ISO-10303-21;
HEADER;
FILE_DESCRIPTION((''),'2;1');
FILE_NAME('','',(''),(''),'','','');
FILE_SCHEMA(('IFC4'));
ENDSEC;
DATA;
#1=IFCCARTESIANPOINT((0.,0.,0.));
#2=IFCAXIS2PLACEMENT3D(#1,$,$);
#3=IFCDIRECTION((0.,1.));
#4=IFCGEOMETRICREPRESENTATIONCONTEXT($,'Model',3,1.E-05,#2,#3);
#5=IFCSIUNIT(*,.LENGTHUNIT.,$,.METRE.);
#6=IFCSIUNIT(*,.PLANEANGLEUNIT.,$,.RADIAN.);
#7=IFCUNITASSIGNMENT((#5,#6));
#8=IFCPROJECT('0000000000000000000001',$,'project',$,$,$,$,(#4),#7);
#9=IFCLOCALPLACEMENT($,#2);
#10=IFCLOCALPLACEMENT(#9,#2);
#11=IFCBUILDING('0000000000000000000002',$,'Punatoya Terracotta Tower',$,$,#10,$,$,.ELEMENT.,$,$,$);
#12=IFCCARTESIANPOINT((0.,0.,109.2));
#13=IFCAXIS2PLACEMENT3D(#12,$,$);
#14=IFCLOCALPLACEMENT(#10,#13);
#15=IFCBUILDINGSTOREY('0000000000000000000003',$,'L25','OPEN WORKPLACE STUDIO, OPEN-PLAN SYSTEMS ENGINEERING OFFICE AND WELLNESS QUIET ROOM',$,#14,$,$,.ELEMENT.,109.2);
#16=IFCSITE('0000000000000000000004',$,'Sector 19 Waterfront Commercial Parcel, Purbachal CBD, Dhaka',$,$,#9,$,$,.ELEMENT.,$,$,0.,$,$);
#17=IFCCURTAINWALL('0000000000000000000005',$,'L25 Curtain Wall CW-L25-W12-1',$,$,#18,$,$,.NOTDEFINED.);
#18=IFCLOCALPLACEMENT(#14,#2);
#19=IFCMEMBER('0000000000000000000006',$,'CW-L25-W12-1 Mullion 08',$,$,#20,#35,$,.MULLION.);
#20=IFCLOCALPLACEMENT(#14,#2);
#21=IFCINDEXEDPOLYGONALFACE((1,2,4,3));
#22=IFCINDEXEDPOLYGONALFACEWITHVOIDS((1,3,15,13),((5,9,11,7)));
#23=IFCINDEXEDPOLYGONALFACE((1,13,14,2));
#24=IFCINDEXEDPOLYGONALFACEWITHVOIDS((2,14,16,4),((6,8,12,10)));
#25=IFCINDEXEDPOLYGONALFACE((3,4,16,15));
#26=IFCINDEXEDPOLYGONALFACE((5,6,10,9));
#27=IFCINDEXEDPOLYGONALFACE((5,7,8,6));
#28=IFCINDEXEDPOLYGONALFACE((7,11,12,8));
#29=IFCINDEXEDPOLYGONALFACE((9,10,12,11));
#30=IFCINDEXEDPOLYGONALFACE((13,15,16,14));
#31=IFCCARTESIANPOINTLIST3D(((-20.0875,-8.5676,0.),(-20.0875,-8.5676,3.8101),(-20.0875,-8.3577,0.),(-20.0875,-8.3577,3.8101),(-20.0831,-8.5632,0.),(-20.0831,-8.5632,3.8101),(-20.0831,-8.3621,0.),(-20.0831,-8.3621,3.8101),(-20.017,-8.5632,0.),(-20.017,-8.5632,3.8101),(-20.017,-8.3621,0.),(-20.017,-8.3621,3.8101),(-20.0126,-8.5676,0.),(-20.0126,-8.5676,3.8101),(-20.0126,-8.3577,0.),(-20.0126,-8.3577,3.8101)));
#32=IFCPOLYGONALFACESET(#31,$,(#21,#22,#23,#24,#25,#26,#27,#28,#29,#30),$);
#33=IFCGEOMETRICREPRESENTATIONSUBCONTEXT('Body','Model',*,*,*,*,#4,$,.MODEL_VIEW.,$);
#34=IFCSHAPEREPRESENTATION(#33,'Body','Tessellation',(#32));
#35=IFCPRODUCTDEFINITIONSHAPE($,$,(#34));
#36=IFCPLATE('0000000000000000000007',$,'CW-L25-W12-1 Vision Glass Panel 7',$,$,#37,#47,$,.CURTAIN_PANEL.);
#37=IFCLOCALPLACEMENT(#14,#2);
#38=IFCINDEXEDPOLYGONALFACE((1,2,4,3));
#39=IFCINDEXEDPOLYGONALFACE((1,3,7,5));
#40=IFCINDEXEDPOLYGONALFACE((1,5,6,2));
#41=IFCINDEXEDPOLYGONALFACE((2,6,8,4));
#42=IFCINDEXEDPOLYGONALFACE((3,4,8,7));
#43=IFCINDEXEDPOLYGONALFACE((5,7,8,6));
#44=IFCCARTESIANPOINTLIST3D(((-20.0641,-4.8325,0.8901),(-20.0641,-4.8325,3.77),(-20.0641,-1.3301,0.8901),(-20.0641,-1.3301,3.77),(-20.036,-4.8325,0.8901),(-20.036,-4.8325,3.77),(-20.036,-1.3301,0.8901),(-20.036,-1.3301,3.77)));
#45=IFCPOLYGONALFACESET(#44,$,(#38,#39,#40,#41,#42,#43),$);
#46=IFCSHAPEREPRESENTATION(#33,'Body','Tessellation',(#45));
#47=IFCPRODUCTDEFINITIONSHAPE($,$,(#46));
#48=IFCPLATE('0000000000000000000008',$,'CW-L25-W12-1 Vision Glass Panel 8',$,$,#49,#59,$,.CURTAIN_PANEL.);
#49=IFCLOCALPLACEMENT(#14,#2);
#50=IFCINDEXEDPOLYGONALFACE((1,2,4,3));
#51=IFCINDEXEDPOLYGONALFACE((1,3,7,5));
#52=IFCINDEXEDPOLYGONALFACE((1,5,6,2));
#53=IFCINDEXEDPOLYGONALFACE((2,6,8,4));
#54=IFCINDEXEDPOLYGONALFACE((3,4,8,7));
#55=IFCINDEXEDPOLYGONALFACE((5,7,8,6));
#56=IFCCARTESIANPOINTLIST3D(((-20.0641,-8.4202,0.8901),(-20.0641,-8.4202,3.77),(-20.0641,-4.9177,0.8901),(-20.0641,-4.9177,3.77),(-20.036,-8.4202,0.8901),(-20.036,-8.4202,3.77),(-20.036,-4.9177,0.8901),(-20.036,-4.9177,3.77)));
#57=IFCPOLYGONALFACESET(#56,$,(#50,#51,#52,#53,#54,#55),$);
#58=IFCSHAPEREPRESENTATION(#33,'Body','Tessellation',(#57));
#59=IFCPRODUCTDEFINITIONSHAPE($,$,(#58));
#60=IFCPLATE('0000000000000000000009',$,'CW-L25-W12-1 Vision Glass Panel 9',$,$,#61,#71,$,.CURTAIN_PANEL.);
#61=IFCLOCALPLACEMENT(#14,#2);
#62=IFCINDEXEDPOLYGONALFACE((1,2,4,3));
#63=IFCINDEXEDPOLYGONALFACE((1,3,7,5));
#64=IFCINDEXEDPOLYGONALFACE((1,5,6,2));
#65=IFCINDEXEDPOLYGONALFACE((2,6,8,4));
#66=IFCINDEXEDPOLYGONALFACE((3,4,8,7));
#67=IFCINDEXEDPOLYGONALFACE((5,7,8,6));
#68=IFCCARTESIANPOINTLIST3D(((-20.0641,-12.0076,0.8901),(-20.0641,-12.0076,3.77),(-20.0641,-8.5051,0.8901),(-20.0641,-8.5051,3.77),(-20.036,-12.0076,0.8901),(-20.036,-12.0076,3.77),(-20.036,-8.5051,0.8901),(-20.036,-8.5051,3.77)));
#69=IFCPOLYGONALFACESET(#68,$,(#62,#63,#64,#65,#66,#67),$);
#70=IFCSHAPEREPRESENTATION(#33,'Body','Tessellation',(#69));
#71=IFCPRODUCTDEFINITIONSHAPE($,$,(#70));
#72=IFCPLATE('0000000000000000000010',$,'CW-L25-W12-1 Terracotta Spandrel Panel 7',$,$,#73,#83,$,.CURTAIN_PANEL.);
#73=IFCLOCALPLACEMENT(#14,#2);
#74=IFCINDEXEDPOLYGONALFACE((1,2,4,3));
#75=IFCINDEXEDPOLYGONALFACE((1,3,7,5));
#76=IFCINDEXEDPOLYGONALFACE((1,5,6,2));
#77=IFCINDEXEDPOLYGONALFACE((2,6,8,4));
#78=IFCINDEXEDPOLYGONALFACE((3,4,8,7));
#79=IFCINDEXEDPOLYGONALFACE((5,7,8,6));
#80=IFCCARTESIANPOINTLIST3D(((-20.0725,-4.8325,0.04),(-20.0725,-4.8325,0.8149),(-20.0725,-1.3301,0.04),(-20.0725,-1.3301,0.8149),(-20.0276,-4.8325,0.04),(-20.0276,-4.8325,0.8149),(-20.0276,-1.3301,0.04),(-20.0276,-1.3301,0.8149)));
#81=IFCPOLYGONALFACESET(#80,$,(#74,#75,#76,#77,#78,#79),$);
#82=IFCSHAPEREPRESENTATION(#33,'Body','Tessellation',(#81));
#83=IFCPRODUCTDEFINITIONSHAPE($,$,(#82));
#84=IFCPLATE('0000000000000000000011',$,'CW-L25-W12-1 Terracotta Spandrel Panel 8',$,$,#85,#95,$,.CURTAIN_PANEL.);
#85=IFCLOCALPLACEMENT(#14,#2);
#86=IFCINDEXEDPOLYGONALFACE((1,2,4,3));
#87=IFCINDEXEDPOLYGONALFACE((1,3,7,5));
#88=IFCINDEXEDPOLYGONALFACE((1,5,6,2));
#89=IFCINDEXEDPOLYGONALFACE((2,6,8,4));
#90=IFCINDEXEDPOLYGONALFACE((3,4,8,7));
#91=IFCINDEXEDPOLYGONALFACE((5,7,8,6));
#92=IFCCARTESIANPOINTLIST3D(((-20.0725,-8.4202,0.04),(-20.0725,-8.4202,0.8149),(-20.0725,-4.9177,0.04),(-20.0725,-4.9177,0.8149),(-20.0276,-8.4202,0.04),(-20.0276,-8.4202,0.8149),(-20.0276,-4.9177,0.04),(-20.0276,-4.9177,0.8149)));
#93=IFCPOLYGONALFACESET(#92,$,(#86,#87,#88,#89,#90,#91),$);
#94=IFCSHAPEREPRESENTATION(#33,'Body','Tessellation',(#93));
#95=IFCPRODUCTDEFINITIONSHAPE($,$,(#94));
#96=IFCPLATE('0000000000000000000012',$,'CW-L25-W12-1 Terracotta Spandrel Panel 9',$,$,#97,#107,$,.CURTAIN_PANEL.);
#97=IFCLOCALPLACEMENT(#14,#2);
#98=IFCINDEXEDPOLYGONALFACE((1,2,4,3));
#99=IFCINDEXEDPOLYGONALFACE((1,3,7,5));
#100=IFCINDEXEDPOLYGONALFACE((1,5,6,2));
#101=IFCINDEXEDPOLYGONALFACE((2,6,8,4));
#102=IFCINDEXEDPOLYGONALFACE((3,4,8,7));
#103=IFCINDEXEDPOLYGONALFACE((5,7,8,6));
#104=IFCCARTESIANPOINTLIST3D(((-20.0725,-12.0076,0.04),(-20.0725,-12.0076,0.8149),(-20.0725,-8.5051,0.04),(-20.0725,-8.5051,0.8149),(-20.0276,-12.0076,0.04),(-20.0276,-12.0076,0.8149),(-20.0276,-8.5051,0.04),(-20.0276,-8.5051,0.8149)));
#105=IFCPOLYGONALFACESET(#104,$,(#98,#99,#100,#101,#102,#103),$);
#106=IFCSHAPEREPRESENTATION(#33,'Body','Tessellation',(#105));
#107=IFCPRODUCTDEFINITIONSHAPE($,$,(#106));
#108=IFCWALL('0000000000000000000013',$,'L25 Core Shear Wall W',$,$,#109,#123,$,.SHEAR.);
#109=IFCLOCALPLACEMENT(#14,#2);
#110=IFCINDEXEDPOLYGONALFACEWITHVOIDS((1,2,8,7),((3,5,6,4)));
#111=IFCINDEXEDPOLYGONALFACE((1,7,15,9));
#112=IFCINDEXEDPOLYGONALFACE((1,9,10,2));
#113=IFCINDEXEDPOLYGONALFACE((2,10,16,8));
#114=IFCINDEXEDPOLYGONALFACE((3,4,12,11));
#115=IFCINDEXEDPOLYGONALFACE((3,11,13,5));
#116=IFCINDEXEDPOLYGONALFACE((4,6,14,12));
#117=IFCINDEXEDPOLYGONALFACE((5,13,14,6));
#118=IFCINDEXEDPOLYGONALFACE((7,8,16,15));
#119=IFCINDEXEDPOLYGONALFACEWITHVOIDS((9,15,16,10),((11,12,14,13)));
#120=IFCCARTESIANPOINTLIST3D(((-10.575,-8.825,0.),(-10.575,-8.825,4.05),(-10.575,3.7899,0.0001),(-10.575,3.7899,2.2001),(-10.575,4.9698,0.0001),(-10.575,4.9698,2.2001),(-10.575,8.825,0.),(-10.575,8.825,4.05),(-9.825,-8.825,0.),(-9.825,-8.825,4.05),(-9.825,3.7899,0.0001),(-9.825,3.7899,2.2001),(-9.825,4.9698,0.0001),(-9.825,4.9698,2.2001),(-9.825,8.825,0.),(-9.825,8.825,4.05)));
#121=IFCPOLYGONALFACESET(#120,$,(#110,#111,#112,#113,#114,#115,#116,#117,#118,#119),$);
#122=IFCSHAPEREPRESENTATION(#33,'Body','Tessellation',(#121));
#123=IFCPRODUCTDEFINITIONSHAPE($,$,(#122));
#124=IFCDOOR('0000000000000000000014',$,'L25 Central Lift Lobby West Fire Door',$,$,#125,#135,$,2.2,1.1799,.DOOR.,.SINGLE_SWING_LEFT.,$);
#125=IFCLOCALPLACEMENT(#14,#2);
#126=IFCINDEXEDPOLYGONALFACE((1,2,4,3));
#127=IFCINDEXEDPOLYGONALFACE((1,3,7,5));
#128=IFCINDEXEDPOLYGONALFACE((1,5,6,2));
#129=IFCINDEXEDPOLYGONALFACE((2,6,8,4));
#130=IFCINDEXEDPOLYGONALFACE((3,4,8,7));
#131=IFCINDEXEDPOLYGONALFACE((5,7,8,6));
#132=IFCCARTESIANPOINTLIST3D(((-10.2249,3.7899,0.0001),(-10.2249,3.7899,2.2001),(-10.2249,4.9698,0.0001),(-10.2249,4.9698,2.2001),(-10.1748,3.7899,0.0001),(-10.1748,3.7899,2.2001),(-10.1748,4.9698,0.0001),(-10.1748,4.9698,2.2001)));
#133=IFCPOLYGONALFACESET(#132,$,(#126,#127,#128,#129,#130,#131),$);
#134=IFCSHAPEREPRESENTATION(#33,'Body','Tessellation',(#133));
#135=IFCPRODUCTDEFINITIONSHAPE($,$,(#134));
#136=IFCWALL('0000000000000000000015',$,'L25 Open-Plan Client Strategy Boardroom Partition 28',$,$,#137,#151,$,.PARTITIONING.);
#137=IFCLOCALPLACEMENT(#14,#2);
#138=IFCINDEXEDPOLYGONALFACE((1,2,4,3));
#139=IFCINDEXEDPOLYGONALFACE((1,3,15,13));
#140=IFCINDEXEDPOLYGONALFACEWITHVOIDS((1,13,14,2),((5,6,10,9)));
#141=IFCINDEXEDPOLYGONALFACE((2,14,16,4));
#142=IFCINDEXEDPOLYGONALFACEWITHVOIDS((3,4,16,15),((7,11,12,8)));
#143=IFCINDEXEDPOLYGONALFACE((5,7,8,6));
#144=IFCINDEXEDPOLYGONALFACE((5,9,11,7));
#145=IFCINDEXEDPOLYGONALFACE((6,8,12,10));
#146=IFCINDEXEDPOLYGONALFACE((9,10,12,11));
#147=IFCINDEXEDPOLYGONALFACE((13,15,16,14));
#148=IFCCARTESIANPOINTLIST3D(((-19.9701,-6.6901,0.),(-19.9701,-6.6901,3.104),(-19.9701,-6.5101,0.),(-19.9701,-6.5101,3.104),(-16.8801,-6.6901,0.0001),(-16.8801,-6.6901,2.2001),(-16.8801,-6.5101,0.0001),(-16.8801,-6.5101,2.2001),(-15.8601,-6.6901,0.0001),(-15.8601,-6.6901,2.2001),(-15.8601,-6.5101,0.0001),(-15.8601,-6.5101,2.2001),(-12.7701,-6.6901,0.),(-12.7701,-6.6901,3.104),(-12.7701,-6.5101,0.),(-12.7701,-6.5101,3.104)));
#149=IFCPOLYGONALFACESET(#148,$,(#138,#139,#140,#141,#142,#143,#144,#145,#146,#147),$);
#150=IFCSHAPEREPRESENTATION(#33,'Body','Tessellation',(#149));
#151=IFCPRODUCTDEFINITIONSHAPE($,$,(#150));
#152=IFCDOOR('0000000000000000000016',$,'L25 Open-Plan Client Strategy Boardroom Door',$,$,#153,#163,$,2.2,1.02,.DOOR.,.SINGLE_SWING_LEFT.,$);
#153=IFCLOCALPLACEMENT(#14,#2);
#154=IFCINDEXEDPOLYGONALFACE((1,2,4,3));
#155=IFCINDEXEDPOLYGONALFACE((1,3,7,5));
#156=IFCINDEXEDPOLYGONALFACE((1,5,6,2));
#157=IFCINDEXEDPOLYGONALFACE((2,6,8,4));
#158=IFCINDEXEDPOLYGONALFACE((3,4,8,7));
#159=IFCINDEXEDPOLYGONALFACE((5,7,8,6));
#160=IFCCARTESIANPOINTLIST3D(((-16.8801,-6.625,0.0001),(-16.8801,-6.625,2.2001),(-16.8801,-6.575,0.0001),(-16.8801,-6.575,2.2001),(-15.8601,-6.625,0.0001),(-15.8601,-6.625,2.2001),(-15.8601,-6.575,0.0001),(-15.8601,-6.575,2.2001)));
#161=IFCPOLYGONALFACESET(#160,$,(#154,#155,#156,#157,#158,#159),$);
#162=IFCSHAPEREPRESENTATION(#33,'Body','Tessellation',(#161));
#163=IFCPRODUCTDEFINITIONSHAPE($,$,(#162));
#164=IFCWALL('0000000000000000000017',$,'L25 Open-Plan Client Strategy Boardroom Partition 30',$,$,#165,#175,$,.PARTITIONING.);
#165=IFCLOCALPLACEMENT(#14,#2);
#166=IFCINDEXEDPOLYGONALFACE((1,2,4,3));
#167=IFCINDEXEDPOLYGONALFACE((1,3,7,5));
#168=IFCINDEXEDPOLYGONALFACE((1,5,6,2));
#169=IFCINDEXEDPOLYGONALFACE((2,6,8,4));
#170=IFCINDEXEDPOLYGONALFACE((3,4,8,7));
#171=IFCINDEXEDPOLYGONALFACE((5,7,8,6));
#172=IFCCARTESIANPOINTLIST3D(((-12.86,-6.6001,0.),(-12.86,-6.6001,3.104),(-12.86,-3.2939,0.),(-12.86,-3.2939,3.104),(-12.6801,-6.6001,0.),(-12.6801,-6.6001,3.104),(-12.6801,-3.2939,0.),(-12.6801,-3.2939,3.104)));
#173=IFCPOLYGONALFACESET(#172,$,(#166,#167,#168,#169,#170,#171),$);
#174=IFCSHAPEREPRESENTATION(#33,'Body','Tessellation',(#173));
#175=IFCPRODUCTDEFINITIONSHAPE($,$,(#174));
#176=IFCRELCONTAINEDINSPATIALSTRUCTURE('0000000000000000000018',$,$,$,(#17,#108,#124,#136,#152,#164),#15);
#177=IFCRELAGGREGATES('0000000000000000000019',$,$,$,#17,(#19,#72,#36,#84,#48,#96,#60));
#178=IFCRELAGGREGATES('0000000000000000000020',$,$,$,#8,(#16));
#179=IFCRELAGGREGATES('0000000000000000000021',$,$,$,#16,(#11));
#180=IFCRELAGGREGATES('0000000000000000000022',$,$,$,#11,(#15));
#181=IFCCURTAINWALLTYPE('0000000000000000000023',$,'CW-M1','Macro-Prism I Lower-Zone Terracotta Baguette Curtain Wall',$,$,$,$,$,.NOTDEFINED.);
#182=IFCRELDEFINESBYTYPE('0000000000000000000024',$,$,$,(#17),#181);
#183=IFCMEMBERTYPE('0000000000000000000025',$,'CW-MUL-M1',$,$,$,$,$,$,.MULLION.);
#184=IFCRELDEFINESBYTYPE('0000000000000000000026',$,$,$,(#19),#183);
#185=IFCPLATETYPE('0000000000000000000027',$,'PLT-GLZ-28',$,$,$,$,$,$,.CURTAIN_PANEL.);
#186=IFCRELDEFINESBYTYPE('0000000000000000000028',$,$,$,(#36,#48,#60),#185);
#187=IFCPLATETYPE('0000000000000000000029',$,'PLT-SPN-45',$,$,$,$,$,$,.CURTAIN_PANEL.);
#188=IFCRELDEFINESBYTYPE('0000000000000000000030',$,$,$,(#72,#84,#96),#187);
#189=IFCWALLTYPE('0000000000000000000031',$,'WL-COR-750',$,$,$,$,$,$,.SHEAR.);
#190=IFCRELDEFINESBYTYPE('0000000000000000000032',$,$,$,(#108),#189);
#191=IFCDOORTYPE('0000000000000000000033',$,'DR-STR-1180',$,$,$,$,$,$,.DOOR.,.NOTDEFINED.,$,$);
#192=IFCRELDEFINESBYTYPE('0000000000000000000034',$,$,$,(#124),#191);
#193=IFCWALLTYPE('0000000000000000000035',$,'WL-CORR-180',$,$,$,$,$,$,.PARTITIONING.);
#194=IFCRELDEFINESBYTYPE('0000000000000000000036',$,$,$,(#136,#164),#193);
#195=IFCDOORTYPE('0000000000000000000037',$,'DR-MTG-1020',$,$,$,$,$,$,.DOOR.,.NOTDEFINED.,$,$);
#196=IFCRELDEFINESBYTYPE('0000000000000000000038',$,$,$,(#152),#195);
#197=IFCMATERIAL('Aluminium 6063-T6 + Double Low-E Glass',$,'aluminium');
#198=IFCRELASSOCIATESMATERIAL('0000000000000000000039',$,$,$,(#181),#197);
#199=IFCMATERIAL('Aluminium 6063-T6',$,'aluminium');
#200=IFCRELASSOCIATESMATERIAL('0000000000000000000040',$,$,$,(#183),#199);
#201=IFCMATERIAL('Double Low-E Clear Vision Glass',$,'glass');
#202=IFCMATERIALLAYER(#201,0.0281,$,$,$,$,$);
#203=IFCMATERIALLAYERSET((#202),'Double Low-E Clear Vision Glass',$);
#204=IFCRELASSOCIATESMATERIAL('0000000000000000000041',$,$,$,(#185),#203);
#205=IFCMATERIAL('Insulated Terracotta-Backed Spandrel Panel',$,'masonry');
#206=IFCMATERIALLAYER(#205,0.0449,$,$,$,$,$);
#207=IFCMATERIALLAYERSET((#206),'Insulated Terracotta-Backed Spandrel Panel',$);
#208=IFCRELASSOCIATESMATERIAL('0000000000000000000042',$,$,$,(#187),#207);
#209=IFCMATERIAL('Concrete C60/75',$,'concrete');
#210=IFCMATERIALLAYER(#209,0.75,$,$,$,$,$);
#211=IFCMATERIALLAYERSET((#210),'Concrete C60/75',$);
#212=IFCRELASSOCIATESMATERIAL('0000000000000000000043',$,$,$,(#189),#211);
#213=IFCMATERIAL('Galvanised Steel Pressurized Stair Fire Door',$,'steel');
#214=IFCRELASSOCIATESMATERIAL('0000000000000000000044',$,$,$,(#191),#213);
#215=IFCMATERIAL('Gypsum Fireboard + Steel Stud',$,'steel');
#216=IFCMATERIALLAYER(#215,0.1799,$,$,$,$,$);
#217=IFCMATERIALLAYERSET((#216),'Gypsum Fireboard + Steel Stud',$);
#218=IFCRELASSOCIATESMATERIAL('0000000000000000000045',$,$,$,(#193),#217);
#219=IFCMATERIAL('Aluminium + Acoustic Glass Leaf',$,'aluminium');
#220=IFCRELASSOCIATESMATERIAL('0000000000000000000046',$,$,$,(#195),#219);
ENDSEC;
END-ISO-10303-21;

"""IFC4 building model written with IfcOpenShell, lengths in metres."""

from ifc_helpers import new_model, si_unit, direction, frame, frame_2d, origin, origin_2d, place, context, subcontext, project, spatial, rectangle, hollow_rectangle, extrude, material, layer, layer_set, material_profile, profile_set, type_object, element, fill, aggregate, save


model = new_model("IFC4")

# Units and contexts
model_context = context("Model", 3, precision=1e-05, world=origin(), true_north=direction((0.0, 1.0)))
body_context = subcontext(model_context, "Body", "Model", "MODEL_VIEW")
ifc_project = project(units=[si_unit("LENGTHUNIT", "METRE"), si_unit("PLANEANGLEUNIT", "RADIAN")], contexts=[model_context])

# Site, building, storey
site_placement = place(None, origin())
site = spatial("IfcSite", under=ifc_project, at=site_placement, Name="Sector 19 Waterfront Commercial Parcel, Purbachal CBD, Dhaka", CompositionType="ELEMENT", RefElevation=0.0)
building_placement = place(site_placement, origin())
building = spatial("IfcBuilding", under=site, at=building_placement, Name="Punatoya Terracotta Tower", CompositionType="ELEMENT")
storey_placement = place(building_placement, frame((0.0, 0.0, 109.2)))
storey = spatial("IfcBuildingStorey", under=building, at=storey_placement, Name="L25", Description="OPEN WORKPLACE STUDIO, OPEN-PLAN SYSTEMS ENGINEERING OFFICE AND WELLNESS QUIET ROOM", CompositionType="ELEMENT", Elevation=109.2)

# Curtain wall, member, plates
ifc_material_1 = material(Name="Aluminium 6063-T6 + Double Low-E Glass", Category="aluminium")
curtain_wall_type = type_object("IfcCurtainWallType", Name="CW-M1", Description="Macro-Prism I Lower-Zone Terracotta Baguette Curtain Wall", PredefinedType="NOTDEFINED", material=ifc_material_1)
curtain_wall_placement = place(storey_placement, origin())
curtain_wall = element("IfcCurtainWall", 1, at=curtain_wall_placement, inside=storey, type_object=curtain_wall_type, Name="L25 Curtain Wall CW-L25-W12-1", PredefinedType="NOTDEFINED")
ifc_material_2 = material(Name="Aluminium 6063-T6", Category="aluminium")
ifc_material_profile_1 = material_profile(ifc_material_2, hollow_rectangle(XDim=0.075, YDim=0.21, WallThickness=0.0044, at=origin_2d()))
ifc_profile_set_1 = profile_set([ifc_material_profile_1], Name="Aluminium 6063-T6")
member_type = type_object("IfcMemberType", Name="CW-MUL-M1", PredefinedType="MULLION", material=ifc_profile_set_1)
member_1_placement = place(storey_placement, frame((-20.05, -8.4626, 0.0), z_axis=(0.0, 0.0, 1.0), x_axis=(1.0, 0.0, 0.0)))
member_1 = element("IfcMember", 2, at=member_1_placement, type_object=member_type, Name="CW-L25-W12-1 Mullion 08", PredefinedType="MULLION", context=body_context, shape_type="SweptSolid", body=[
    extrude(hollow_rectangle(XDim=0.075, YDim=0.21, WallThickness=0.0044, at=origin_2d()), origin(), (0.0, 0.0, 1.0), 3.8101),
])
ifc_material_3 = material(Name="Double Low-E Clear Vision Glass", Category="glass")
ifc_layer_1 = layer(ifc_material_3, 0.0281)
ifc_layer_set_1 = layer_set([ifc_layer_1], Name="Double Low-E Clear Vision Glass")
plate_type_1 = type_object("IfcPlateType", Name="PLT-GLZ-28", PredefinedType="CURTAIN_PANEL", material=ifc_layer_set_1)
plate_1_placement = place(storey_placement, frame((-20.05, -3.0813, 0.8901), z_axis=(0.0, 0.0, 1.0), x_axis=(0.0, -1.0, 0.0)))
plate_1 = element("IfcPlate", 3, at=plate_1_placement, type_object=plate_type_1, Name="CW-L25-W12-1 Vision Glass Panel 7", PredefinedType="CURTAIN_PANEL", context=body_context, shape_type="SweptSolid", body=[
    extrude(rectangle(XDim=3.5024, YDim=0.0281, at=origin_2d()), origin(), (0.0, 0.0, 1.0), 2.8799),
])
plate_2_placement = place(storey_placement, frame((-20.05, -6.6689, 0.8901), z_axis=(0.0, 0.0, 1.0), x_axis=(0.0, -1.0, 0.0)))
plate_2 = element("IfcPlate", 4, at=plate_2_placement, type_object=plate_type_1, Name="CW-L25-W12-1 Vision Glass Panel 8", PredefinedType="CURTAIN_PANEL", context=body_context, shape_type="SweptSolid", body=[
    extrude(rectangle(XDim=3.5024, YDim=0.0281, at=origin_2d()), origin(), (0.0, 0.0, 1.0), 2.8799),
])
plate_3_placement = place(storey_placement, frame((-20.05, -10.2563, 0.8901), z_axis=(0.0, 0.0, 1.0), x_axis=(0.0, -1.0, 0.0)))
plate_3 = element("IfcPlate", 5, at=plate_3_placement, type_object=plate_type_1, Name="CW-L25-W12-1 Vision Glass Panel 9", PredefinedType="CURTAIN_PANEL", context=body_context, shape_type="SweptSolid", body=[
    extrude(rectangle(XDim=3.5024, YDim=0.0281, at=origin_2d()), origin(), (0.0, 0.0, 1.0), 2.8799),
])
ifc_material_4 = material(Name="Insulated Terracotta-Backed Spandrel Panel", Category="masonry")
ifc_layer_2 = layer(ifc_material_4, 0.0449)
ifc_layer_set_2 = layer_set([ifc_layer_2], Name="Insulated Terracotta-Backed Spandrel Panel")
plate_type_2 = type_object("IfcPlateType", Name="PLT-SPN-45", PredefinedType="CURTAIN_PANEL", material=ifc_layer_set_2)
plate_4_placement = place(storey_placement, frame((-20.05, -3.0813, 0.04), z_axis=(0.0, 0.0, 1.0), x_axis=(0.0, -1.0, 0.0)))
plate_4 = element("IfcPlate", 6, at=plate_4_placement, type_object=plate_type_2, Name="CW-L25-W12-1 Terracotta Spandrel Panel 7", PredefinedType="CURTAIN_PANEL", context=body_context, shape_type="SweptSolid", body=[
    extrude(rectangle(XDim=3.5024, YDim=0.0449, at=origin_2d()), origin(), (0.0, 0.0, 1.0), 0.7749),
])
plate_5_placement = place(storey_placement, frame((-20.05, -6.6689, 0.04), z_axis=(0.0, 0.0, 1.0), x_axis=(0.0, -1.0, 0.0)))
plate_5 = element("IfcPlate", 7, at=plate_5_placement, type_object=plate_type_2, Name="CW-L25-W12-1 Terracotta Spandrel Panel 8", PredefinedType="CURTAIN_PANEL", context=body_context, shape_type="SweptSolid", body=[
    extrude(rectangle(XDim=3.5024, YDim=0.0449, at=origin_2d()), origin(), (0.0, 0.0, 1.0), 0.7749),
])
plate_6_placement = place(storey_placement, frame((-20.05, -10.2563, 0.04), z_axis=(0.0, 0.0, 1.0), x_axis=(0.0, -1.0, 0.0)))
plate_6 = element("IfcPlate", 8, at=plate_6_placement, type_object=plate_type_2, Name="CW-L25-W12-1 Terracotta Spandrel Panel 9", PredefinedType="CURTAIN_PANEL", context=body_context, shape_type="SweptSolid", body=[
    extrude(rectangle(XDim=3.5024, YDim=0.0449, at=origin_2d()), origin(), (0.0, 0.0, 1.0), 0.7749),
])
aggregate(curtain_wall, [member_1, plate_4, plate_1, plate_5, plate_2, plate_6, plate_3])

# Walls, openings, doors
ifc_material_5 = material(Name="Concrete C60/75", Category="concrete")
ifc_layer_3 = layer(ifc_material_5, 0.75)
ifc_layer_set_3 = layer_set([ifc_layer_3], Name="Concrete C60/75")
wall_type_1 = type_object("IfcWallType", Name="WL-COR-750", PredefinedType="SHEAR", material=ifc_layer_set_3)
wall_1_placement = place(storey_placement, frame((-10.2, -8.825, 0.0), z_axis=(0.0, 0.0, 1.0), x_axis=(0.0, 1.0, 0.0)))
wall_1 = element("IfcWall", 9, at=wall_1_placement, inside=storey, type_object=wall_type_1, Name="L25 Core Shear Wall W", PredefinedType="SHEAR", context=body_context, shape_type="SweptSolid", body=[
    extrude(rectangle(XDim=17.6499, YDim=0.75, at=frame_2d((8.825, 0.0))), origin(), (0.0, 0.0, 1.0), 4.05),
])
opening_1_placement = place(wall_1_placement, frame((12.615, 0.0, 0.0)))
opening_1 = element("IfcOpeningElement", 10, at=opening_1_placement, cuts=wall_1, PredefinedType="OPENING", context=body_context, shape_type="SweptSolid", body=[
    extrude(rectangle(XDim=1.1799, YDim=2.2, at=frame_2d((0.5898, 1.1001))), frame((0.0, 0.385, 0.0), z_axis=(0.0, -1.0, 0.0), x_axis=(1.0, 0.0, 0.0)), (0.0, 0.0, 1.0), 0.77),
])
ifc_material_6 = material(Name="Galvanised Steel Pressurized Stair Fire Door", Category="steel")
door_type_1 = type_object("IfcDoorType", Name="DR-STR-1180", OperationType="NOTDEFINED", PredefinedType="DOOR", material=ifc_material_6)
door_1_placement = place(opening_1_placement, origin())
door_1 = element("IfcDoor", 11, at=door_1_placement, inside=storey, type_object=door_type_1, Name="L25 Central Lift Lobby West Fire Door", OperationType="SINGLE_SWING_LEFT", OverallHeight=2.2, OverallWidth=1.1799, PredefinedType="DOOR", context=body_context, shape_type="SweptSolid", body=[
    extrude(rectangle(XDim=1.1799, YDim=2.2, at=frame_2d((0.5898, 1.1001))), frame((0.0, 0.0249, 0.0), z_axis=(0.0, -1.0, 0.0), x_axis=(1.0, 0.0, 0.0)), (0.0, 0.0, 1.0), 0.05),
])
fill(opening_1, door_1)
ifc_material_7 = material(Name="Gypsum Fireboard + Steel Stud", Category="steel")
ifc_layer_4 = layer(ifc_material_7, 0.1799)
ifc_layer_set_4 = layer_set([ifc_layer_4], Name="Gypsum Fireboard + Steel Stud")
wall_type_2 = type_object("IfcWallType", Name="WL-CORR-180", PredefinedType="PARTITIONING", material=ifc_layer_set_4)
wall_2_placement = place(storey_placement, frame((-12.77, -6.6001, 0.0), z_axis=(0.0, 0.0, 1.0), x_axis=(-1.0, 0.0, 0.0)))
wall_2 = element("IfcWall", 12, at=wall_2_placement, inside=storey, type_object=wall_type_2, Name="L25 Open-Plan Client Strategy Boardroom Partition 28", PredefinedType="PARTITIONING", context=body_context, shape_type="SweptSolid", body=[
    extrude(rectangle(XDim=7.2, YDim=0.1799, at=frame_2d((3.6001, 0.0))), origin(), (0.0, 0.0, 1.0), 3.104),
])
opening_2_placement = place(wall_2_placement, frame((3.0901, 0.0, 0.0)))
opening_2 = element("IfcOpeningElement", 13, at=opening_2_placement, cuts=wall_2, PredefinedType="OPENING", context=body_context, shape_type="SweptSolid", body=[
    extrude(rectangle(XDim=1.02, YDim=2.2, at=frame_2d((0.51, 1.1001))), frame((0.0, 0.0999, 0.0), z_axis=(0.0, -1.0, 0.0), x_axis=(1.0, 0.0, 0.0)), (0.0, 0.0, 1.0), 0.2),
])
ifc_material_8 = material(Name="Aluminium + Acoustic Glass Leaf", Category="aluminium")
door_type_2 = type_object("IfcDoorType", Name="DR-MTG-1020", OperationType="NOTDEFINED", PredefinedType="DOOR", material=ifc_material_8)
door_2_placement = place(opening_2_placement, origin())
door_2 = element("IfcDoor", 14, at=door_2_placement, inside=storey, type_object=door_type_2, Name="L25 Open-Plan Client Strategy Boardroom Door", OperationType="SINGLE_SWING_LEFT", OverallHeight=2.2, OverallWidth=1.02, PredefinedType="DOOR", context=body_context, shape_type="SweptSolid", body=[
    extrude(rectangle(XDim=1.02, YDim=2.2, at=frame_2d((0.51, 1.1001))), frame((0.0, 0.0249, 0.0), z_axis=(0.0, -1.0, 0.0), x_axis=(1.0, 0.0, 0.0)), (0.0, 0.0, 1.0), 0.05),
])
fill(opening_2, door_2)

# Wall
wall_3_placement = place(storey_placement, frame((-12.77, -3.2939, 0.0), z_axis=(0.0, 0.0, 1.0), x_axis=(0.0, -1.0, 0.0)))
element("IfcWall", 15, at=wall_3_placement, inside=storey, type_object=wall_type_2, Name="L25 Open-Plan Client Strategy Boardroom Partition 30", PredefinedType="PARTITIONING", context=body_context, shape_type="SweptSolid", body=[
    extrude(rectangle(XDim=3.3062, YDim=0.1799, at=frame_2d((1.6531, 0.0))), origin(), (0.0, 0.0, 1.0), 3.104),
])

save(model, "model.ifc")
